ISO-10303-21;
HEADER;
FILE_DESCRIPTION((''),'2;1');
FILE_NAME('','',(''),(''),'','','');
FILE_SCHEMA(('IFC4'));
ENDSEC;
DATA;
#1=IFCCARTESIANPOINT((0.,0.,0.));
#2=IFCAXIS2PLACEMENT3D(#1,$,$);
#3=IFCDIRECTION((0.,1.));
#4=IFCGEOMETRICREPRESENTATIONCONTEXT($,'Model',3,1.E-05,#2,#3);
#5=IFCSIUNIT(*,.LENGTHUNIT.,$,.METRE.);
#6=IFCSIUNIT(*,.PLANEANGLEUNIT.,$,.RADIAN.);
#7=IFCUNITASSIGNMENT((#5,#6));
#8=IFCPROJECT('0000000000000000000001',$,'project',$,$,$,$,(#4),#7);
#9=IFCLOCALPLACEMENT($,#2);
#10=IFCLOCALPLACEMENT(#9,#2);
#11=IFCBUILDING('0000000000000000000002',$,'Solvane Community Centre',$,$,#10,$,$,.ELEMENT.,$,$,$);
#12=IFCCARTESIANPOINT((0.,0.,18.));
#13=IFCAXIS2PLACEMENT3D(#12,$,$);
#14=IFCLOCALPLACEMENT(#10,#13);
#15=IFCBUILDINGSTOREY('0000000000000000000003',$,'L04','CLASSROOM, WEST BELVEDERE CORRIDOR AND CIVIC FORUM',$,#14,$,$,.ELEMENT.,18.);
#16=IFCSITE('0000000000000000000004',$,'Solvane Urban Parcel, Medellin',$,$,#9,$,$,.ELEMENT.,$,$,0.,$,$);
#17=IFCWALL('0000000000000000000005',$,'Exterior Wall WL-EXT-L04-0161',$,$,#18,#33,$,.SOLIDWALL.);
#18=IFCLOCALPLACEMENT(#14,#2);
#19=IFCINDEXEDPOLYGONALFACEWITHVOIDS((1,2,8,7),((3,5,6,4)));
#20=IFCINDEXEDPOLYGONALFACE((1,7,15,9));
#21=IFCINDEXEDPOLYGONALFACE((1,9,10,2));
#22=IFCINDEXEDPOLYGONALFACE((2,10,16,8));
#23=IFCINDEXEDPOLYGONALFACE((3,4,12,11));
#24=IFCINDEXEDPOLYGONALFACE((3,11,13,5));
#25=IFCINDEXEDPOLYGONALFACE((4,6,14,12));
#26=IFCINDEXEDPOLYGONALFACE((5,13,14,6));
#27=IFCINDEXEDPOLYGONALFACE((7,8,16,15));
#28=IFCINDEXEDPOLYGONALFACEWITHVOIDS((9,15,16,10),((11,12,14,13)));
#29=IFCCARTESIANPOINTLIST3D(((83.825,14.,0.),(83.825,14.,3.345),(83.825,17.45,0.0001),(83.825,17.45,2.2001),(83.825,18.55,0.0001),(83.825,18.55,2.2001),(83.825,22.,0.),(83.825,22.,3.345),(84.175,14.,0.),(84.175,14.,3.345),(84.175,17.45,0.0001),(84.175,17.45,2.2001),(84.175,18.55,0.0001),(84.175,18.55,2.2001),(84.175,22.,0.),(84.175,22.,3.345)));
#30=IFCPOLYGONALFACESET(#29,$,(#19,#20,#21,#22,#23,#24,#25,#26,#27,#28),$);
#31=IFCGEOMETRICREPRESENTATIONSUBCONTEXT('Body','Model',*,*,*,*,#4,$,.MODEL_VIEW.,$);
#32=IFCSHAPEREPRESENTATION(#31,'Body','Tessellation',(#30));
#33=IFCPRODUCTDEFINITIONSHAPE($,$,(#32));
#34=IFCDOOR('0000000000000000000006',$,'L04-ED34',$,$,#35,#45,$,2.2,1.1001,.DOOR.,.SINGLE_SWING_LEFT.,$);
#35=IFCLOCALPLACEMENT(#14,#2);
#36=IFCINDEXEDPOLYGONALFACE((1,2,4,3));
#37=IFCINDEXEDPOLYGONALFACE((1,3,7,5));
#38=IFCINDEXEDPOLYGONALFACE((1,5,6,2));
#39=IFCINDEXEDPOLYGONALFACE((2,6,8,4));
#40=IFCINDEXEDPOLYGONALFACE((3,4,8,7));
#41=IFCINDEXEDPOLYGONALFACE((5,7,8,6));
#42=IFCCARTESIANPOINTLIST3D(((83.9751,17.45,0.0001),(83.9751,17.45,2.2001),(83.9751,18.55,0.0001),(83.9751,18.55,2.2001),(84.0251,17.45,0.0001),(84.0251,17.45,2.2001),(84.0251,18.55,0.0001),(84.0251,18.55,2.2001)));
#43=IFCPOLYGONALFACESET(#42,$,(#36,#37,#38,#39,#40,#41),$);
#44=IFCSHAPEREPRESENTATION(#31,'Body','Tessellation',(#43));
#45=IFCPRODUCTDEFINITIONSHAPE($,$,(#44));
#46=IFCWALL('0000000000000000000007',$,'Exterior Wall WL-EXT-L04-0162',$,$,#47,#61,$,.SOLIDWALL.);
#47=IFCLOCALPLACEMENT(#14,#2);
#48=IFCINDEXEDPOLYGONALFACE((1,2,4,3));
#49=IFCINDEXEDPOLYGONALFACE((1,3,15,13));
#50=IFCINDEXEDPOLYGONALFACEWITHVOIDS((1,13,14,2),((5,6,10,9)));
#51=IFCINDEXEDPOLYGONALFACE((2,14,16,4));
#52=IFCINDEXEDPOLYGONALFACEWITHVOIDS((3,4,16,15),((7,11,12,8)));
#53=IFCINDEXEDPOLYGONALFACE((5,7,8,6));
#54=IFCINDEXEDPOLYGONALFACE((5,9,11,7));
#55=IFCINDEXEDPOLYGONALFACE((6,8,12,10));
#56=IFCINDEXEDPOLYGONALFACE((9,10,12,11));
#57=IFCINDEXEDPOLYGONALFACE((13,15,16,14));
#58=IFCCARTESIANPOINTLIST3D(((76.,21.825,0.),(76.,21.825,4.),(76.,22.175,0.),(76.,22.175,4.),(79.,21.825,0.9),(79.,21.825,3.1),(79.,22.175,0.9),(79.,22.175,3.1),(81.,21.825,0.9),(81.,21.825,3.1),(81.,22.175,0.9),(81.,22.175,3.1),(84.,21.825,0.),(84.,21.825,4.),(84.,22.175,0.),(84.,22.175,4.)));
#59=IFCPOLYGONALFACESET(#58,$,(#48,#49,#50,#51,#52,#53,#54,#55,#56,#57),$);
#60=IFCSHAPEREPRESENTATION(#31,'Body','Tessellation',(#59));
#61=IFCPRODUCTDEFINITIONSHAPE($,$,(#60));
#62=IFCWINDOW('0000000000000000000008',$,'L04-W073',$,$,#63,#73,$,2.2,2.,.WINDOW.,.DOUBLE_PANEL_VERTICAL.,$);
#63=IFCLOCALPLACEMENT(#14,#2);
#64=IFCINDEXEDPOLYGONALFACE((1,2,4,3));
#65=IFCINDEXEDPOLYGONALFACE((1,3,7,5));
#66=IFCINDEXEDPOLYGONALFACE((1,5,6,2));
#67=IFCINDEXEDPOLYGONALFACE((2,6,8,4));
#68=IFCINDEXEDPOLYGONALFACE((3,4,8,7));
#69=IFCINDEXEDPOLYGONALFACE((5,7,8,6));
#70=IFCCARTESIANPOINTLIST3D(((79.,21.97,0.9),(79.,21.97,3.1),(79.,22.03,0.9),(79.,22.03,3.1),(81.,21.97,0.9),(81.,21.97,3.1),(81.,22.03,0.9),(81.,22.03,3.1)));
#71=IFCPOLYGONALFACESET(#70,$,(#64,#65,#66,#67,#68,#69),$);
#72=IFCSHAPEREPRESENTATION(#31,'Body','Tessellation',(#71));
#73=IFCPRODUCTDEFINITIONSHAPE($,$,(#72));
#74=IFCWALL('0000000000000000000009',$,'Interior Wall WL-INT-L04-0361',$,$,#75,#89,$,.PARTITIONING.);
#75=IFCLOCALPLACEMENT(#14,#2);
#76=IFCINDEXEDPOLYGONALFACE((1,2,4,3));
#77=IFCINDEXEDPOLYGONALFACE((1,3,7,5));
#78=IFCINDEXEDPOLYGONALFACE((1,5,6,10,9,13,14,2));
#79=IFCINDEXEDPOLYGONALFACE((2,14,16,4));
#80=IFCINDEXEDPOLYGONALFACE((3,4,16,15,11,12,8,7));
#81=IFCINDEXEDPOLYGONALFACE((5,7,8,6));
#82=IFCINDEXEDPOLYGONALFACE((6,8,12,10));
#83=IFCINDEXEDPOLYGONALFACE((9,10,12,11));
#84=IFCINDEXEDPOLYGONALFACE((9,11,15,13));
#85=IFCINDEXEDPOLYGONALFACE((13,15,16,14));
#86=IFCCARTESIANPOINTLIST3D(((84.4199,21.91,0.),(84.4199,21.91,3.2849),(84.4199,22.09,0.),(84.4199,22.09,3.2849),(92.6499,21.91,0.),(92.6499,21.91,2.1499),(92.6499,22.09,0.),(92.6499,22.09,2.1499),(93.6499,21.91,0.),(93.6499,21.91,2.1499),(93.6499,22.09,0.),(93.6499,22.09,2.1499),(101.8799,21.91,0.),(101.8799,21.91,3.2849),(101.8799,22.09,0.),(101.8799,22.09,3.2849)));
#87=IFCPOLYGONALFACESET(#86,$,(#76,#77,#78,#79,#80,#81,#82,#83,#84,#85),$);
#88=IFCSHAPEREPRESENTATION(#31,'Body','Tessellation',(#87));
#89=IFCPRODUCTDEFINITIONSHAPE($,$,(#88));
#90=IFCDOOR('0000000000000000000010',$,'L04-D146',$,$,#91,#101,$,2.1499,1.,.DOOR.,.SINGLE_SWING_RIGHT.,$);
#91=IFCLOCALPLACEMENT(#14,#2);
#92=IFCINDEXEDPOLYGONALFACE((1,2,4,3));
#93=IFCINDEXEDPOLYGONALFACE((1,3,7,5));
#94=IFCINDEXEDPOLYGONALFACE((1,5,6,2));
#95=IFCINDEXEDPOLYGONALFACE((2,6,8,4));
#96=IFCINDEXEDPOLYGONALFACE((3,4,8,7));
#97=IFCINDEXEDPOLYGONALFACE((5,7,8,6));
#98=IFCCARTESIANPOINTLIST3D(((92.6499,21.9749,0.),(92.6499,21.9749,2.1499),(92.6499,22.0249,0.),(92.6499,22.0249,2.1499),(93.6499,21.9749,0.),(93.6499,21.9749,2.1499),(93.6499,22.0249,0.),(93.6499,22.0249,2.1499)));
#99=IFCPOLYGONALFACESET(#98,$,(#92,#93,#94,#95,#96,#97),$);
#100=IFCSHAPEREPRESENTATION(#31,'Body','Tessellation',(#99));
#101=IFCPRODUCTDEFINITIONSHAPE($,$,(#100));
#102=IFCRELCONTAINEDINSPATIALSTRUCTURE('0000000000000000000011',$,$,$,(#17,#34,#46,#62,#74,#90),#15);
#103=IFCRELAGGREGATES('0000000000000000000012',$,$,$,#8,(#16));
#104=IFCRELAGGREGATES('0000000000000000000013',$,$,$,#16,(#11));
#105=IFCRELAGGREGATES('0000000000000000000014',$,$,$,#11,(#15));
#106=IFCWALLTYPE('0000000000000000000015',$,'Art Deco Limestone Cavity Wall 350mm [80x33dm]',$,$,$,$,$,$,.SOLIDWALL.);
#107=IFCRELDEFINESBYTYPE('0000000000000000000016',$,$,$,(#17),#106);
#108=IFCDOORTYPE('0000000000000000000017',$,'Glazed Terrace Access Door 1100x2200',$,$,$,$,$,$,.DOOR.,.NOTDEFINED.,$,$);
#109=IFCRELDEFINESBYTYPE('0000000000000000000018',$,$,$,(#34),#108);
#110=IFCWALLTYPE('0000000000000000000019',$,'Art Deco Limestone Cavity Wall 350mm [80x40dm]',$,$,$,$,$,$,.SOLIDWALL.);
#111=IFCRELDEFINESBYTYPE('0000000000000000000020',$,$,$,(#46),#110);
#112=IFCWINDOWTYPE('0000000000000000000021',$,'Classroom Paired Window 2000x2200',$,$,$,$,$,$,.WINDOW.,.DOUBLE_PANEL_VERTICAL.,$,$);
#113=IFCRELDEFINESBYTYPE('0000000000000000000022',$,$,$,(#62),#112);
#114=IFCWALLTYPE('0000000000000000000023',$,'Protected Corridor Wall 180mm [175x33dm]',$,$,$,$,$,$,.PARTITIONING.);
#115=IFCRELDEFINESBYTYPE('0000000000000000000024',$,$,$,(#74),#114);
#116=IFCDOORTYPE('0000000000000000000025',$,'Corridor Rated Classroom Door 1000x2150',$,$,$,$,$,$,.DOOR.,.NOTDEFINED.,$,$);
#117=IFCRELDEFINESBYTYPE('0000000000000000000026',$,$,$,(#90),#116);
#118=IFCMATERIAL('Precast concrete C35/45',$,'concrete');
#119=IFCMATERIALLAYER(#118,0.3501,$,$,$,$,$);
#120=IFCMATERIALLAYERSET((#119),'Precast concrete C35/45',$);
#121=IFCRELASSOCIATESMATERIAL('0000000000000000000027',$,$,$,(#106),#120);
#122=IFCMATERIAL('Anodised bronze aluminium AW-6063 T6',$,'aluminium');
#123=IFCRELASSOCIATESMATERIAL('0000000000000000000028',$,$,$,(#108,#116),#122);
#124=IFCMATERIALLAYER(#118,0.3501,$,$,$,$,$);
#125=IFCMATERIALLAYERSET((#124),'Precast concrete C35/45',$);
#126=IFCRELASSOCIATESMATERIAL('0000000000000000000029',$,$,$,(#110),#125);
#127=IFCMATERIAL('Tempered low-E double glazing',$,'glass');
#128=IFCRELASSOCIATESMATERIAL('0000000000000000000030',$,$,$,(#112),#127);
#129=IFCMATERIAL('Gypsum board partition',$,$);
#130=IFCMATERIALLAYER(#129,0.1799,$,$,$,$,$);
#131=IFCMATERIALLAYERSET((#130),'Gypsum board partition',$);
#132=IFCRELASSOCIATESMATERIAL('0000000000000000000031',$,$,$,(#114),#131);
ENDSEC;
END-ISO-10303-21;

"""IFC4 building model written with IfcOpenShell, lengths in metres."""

from ifc_helpers import new_model, si_unit, direction, frame, frame_2d, origin, place, context, subcontext, project, spatial, rectangle, extrude, material, layer, layer_set, type_object, element, fill, save


model = new_model("IFC4")

# Units and contexts
model_context = context("Model", 3, precision=1e-05, world=origin(), true_north=direction((0.0, 1.0)))
body_context = subcontext(model_context, "Body", "Model", "MODEL_VIEW")
ifc_project = project(units=[si_unit("LENGTHUNIT", "METRE"), si_unit("PLANEANGLEUNIT", "RADIAN")], contexts=[model_context])

# Site, building, storey
site_placement = place(None, origin())
site = spatial("IfcSite", under=ifc_project, at=site_placement, Name="Solvane Urban Parcel, Medellin", CompositionType="ELEMENT", RefElevation=0.0)
building_placement = place(site_placement, origin())
building = spatial("IfcBuilding", under=site, at=building_placement, Name="Solvane Community Centre", CompositionType="ELEMENT")
storey_placement = place(building_placement, frame((0.0, 0.0, 18.0)))
storey = spatial("IfcBuildingStorey", under=building, at=storey_placement, Name="L04", Description="CLASSROOM, WEST BELVEDERE CORRIDOR AND CIVIC FORUM", CompositionType="ELEMENT", Elevation=18.0)

# Shared definitions
ifc_material_1 = material(Name="Anodised bronze aluminium AW-6063 T6", Category="aluminium")

# Shared definitions
ifc_material_2 = material(Name="Tempered low-E double glazing", Category="glass")

# Wall, opening, door
ifc_material_3 = material(Name="Precast concrete C35/45", Category="concrete")
ifc_layer_1 = layer(ifc_material_3, 0.3501)
ifc_layer_set_1 = layer_set([ifc_layer_1], Name="Precast concrete C35/45")
wall_type_1 = type_object("IfcWallType", Name="Art Deco Limestone Cavity Wall 350mm [80x33dm]", PredefinedType="SOLIDWALL", material=ifc_layer_set_1)
wall_1_placement = place(storey_placement, frame((84.0, 14.0, 0.0), z_axis=(0.0, 0.0, 1.0), x_axis=(0.0, 1.0, 0.0)))
wall_1 = element("IfcWall", 1, at=wall_1_placement, inside=storey, type_object=wall_type_1, Name="Exterior Wall WL-EXT-L04-0161", PredefinedType="SOLIDWALL", context=body_context, shape_type="SweptSolid", body=[
    extrude(rectangle(XDim=8.0, YDim=0.3501, at=frame_2d((4.0, 0.0))), origin(), (0.0, 0.0, 1.0), 3.345),
])
opening_1_placement = place(wall_1_placement, frame((3.45, 0.0, 0.0)))
opening_1 = element("IfcOpeningElement", 2, at=opening_1_placement, cuts=wall_1, PredefinedType="OPENING", context=body_context, shape_type="SweptSolid", body=[
    extrude(rectangle(XDim=1.1001, YDim=2.2, at=frame_2d((0.55, 1.1001))), frame((0.0, 0.1851, 0.0), z_axis=(0.0, -1.0, 0.0), x_axis=(1.0, 0.0, 0.0)), (0.0, 0.0, 1.0), 0.3701),
])
door_type_1 = type_object("IfcDoorType", Name="Glazed Terrace Access Door 1100x2200", OperationType="NOTDEFINED", PredefinedType="DOOR", material=ifc_material_1)
door_1_placement = place(opening_1_placement, origin())
door_1 = element("IfcDoor", 3, at=door_1_placement, inside=storey, type_object=door_type_1, Name="L04-ED34", OperationType="SINGLE_SWING_LEFT", OverallHeight=2.2, OverallWidth=1.1001, PredefinedType="DOOR", context=body_context, shape_type="SweptSolid", body=[
    extrude(rectangle(XDim=1.1001, YDim=2.2, at=frame_2d((0.55, 1.1001))), frame((0.0, 0.0249, 0.0), z_axis=(0.0, -1.0, 0.0), x_axis=(1.0, 0.0, 0.0)), (0.0, 0.0, 1.0), 0.05),
])
fill(opening_1, door_1)

# Wall, opening, window
ifc_layer_2 = layer(ifc_material_3, 0.3501)
ifc_layer_set_2 = layer_set([ifc_layer_2], Name="Precast concrete C35/45")
wall_type_2 = type_object("IfcWallType", Name="Art Deco Limestone Cavity Wall 350mm [80x40dm]", PredefinedType="SOLIDWALL", material=ifc_layer_set_2)
wall_2_placement = place(storey_placement, frame((84.0, 22.0, 0.0), z_axis=(0.0, 0.0, 1.0), x_axis=(-1.0, 0.0, 0.0)))
wall_2 = element("IfcWall", 4, at=wall_2_placement, inside=storey, type_object=wall_type_2, Name="Exterior Wall WL-EXT-L04-0162", PredefinedType="SOLIDWALL", context=body_context, shape_type="SweptSolid", body=[
    extrude(rectangle(XDim=8.0, YDim=0.3501, at=frame_2d((4.0, 0.0))), origin(), (0.0, 0.0, 1.0), 4.0),
])
opening_2_placement = place(wall_2_placement, frame((3.0, 0.0, 0.8999)))
opening_2 = element("IfcOpeningElement", 5, at=opening_2_placement, cuts=wall_2, PredefinedType="OPENING", context=body_context, shape_type="SweptSolid", body=[
    extrude(rectangle(XDim=2.0, YDim=2.2, at=frame_2d((1.0, 1.1001))), frame((0.0, 0.1851, 0.0), z_axis=(0.0, -1.0, 0.0), x_axis=(1.0, 0.0, 0.0)), (0.0, 0.0, 1.0), 0.3701),
])
window_type = type_object("IfcWindowType", Name="Classroom Paired Window 2000x2200", PartitioningType="DOUBLE_PANEL_VERTICAL", PredefinedType="WINDOW", material=ifc_material_2)
window_placement = place(opening_2_placement, origin())
window = element("IfcWindow", 6, at=window_placement, inside=storey, type_object=window_type, Name="L04-W073", OverallHeight=2.2, OverallWidth=2.0, PartitioningType="DOUBLE_PANEL_VERTICAL", PredefinedType="WINDOW", context=body_context, shape_type="SweptSolid", body=[
    extrude(rectangle(XDim=2.0, YDim=2.2, at=frame_2d((1.0, 1.1001))), frame((0.0, 0.03, 0.0), z_axis=(0.0, -1.0, 0.0), x_axis=(1.0, 0.0, 0.0)), (0.0, 0.0, 1.0), 0.0601),
])
fill(opening_2, window)

# Wall, opening, door
ifc_material_4 = material(Name="Gypsum board partition")
ifc_layer_3 = layer(ifc_material_4, 0.1799)
ifc_layer_set_3 = layer_set([ifc_layer_3], Name="Gypsum board partition")
wall_type_3 = type_object("IfcWallType", Name="Protected Corridor Wall 180mm [175x33dm]", PredefinedType="PARTITIONING", material=ifc_layer_set_3)
wall_3_placement = place(storey_placement, frame((84.4199, 22.0, 0.0), z_axis=(0.0, 0.0, 1.0), x_axis=(1.0, 0.0, 0.0)))
wall_3 = element("IfcWall", 7, at=wall_3_placement, inside=storey, type_object=wall_type_3, Name="Interior Wall WL-INT-L04-0361", PredefinedType="PARTITIONING", context=body_context, shape_type="SweptSolid", body=[
    extrude(rectangle(XDim=17.46, YDim=0.1799, at=frame_2d((8.73, 0.0))), origin(), (0.0, 0.0, 1.0), 3.2849),
])
opening_3_placement = place(wall_3_placement, frame((8.23, 0.0, 0.0)))
opening_3 = element("IfcOpeningElement", 8, at=opening_3_placement, cuts=wall_3, PredefinedType="OPENING", context=body_context, shape_type="SweptSolid", body=[
    extrude(rectangle(XDim=1.0, YDim=2.1499, at=frame_2d((0.5, 1.075))), frame((0.0, 0.0999, 0.0), z_axis=(0.0, -1.0, 0.0), x_axis=(1.0, 0.0, 0.0)), (0.0, 0.0, 1.0), 0.2),
])
door_type_2 = type_object("IfcDoorType", Name="Corridor Rated Classroom Door 1000x2150", OperationType="NOTDEFINED", PredefinedType="DOOR", material=ifc_material_1)
door_2_placement = place(opening_3_placement, origin())
door_2 = element("IfcDoor", 9, at=door_2_placement, inside=storey, type_object=door_type_2, Name="L04-D146", OperationType="SINGLE_SWING_RIGHT", OverallHeight=2.1499, OverallWidth=1.0, PredefinedType="DOOR", context=body_context, shape_type="SweptSolid", body=[
    extrude(rectangle(XDim=1.0, YDim=2.1499, at=frame_2d((0.5, 1.075))), frame((0.0, 0.0249, 0.0), z_axis=(0.0, -1.0, 0.0), x_axis=(1.0, 0.0, 0.0)), (0.0, 0.0, 1.0), 0.05),
])
fill(opening_3, door_2)

save(model, "model.ifc")
